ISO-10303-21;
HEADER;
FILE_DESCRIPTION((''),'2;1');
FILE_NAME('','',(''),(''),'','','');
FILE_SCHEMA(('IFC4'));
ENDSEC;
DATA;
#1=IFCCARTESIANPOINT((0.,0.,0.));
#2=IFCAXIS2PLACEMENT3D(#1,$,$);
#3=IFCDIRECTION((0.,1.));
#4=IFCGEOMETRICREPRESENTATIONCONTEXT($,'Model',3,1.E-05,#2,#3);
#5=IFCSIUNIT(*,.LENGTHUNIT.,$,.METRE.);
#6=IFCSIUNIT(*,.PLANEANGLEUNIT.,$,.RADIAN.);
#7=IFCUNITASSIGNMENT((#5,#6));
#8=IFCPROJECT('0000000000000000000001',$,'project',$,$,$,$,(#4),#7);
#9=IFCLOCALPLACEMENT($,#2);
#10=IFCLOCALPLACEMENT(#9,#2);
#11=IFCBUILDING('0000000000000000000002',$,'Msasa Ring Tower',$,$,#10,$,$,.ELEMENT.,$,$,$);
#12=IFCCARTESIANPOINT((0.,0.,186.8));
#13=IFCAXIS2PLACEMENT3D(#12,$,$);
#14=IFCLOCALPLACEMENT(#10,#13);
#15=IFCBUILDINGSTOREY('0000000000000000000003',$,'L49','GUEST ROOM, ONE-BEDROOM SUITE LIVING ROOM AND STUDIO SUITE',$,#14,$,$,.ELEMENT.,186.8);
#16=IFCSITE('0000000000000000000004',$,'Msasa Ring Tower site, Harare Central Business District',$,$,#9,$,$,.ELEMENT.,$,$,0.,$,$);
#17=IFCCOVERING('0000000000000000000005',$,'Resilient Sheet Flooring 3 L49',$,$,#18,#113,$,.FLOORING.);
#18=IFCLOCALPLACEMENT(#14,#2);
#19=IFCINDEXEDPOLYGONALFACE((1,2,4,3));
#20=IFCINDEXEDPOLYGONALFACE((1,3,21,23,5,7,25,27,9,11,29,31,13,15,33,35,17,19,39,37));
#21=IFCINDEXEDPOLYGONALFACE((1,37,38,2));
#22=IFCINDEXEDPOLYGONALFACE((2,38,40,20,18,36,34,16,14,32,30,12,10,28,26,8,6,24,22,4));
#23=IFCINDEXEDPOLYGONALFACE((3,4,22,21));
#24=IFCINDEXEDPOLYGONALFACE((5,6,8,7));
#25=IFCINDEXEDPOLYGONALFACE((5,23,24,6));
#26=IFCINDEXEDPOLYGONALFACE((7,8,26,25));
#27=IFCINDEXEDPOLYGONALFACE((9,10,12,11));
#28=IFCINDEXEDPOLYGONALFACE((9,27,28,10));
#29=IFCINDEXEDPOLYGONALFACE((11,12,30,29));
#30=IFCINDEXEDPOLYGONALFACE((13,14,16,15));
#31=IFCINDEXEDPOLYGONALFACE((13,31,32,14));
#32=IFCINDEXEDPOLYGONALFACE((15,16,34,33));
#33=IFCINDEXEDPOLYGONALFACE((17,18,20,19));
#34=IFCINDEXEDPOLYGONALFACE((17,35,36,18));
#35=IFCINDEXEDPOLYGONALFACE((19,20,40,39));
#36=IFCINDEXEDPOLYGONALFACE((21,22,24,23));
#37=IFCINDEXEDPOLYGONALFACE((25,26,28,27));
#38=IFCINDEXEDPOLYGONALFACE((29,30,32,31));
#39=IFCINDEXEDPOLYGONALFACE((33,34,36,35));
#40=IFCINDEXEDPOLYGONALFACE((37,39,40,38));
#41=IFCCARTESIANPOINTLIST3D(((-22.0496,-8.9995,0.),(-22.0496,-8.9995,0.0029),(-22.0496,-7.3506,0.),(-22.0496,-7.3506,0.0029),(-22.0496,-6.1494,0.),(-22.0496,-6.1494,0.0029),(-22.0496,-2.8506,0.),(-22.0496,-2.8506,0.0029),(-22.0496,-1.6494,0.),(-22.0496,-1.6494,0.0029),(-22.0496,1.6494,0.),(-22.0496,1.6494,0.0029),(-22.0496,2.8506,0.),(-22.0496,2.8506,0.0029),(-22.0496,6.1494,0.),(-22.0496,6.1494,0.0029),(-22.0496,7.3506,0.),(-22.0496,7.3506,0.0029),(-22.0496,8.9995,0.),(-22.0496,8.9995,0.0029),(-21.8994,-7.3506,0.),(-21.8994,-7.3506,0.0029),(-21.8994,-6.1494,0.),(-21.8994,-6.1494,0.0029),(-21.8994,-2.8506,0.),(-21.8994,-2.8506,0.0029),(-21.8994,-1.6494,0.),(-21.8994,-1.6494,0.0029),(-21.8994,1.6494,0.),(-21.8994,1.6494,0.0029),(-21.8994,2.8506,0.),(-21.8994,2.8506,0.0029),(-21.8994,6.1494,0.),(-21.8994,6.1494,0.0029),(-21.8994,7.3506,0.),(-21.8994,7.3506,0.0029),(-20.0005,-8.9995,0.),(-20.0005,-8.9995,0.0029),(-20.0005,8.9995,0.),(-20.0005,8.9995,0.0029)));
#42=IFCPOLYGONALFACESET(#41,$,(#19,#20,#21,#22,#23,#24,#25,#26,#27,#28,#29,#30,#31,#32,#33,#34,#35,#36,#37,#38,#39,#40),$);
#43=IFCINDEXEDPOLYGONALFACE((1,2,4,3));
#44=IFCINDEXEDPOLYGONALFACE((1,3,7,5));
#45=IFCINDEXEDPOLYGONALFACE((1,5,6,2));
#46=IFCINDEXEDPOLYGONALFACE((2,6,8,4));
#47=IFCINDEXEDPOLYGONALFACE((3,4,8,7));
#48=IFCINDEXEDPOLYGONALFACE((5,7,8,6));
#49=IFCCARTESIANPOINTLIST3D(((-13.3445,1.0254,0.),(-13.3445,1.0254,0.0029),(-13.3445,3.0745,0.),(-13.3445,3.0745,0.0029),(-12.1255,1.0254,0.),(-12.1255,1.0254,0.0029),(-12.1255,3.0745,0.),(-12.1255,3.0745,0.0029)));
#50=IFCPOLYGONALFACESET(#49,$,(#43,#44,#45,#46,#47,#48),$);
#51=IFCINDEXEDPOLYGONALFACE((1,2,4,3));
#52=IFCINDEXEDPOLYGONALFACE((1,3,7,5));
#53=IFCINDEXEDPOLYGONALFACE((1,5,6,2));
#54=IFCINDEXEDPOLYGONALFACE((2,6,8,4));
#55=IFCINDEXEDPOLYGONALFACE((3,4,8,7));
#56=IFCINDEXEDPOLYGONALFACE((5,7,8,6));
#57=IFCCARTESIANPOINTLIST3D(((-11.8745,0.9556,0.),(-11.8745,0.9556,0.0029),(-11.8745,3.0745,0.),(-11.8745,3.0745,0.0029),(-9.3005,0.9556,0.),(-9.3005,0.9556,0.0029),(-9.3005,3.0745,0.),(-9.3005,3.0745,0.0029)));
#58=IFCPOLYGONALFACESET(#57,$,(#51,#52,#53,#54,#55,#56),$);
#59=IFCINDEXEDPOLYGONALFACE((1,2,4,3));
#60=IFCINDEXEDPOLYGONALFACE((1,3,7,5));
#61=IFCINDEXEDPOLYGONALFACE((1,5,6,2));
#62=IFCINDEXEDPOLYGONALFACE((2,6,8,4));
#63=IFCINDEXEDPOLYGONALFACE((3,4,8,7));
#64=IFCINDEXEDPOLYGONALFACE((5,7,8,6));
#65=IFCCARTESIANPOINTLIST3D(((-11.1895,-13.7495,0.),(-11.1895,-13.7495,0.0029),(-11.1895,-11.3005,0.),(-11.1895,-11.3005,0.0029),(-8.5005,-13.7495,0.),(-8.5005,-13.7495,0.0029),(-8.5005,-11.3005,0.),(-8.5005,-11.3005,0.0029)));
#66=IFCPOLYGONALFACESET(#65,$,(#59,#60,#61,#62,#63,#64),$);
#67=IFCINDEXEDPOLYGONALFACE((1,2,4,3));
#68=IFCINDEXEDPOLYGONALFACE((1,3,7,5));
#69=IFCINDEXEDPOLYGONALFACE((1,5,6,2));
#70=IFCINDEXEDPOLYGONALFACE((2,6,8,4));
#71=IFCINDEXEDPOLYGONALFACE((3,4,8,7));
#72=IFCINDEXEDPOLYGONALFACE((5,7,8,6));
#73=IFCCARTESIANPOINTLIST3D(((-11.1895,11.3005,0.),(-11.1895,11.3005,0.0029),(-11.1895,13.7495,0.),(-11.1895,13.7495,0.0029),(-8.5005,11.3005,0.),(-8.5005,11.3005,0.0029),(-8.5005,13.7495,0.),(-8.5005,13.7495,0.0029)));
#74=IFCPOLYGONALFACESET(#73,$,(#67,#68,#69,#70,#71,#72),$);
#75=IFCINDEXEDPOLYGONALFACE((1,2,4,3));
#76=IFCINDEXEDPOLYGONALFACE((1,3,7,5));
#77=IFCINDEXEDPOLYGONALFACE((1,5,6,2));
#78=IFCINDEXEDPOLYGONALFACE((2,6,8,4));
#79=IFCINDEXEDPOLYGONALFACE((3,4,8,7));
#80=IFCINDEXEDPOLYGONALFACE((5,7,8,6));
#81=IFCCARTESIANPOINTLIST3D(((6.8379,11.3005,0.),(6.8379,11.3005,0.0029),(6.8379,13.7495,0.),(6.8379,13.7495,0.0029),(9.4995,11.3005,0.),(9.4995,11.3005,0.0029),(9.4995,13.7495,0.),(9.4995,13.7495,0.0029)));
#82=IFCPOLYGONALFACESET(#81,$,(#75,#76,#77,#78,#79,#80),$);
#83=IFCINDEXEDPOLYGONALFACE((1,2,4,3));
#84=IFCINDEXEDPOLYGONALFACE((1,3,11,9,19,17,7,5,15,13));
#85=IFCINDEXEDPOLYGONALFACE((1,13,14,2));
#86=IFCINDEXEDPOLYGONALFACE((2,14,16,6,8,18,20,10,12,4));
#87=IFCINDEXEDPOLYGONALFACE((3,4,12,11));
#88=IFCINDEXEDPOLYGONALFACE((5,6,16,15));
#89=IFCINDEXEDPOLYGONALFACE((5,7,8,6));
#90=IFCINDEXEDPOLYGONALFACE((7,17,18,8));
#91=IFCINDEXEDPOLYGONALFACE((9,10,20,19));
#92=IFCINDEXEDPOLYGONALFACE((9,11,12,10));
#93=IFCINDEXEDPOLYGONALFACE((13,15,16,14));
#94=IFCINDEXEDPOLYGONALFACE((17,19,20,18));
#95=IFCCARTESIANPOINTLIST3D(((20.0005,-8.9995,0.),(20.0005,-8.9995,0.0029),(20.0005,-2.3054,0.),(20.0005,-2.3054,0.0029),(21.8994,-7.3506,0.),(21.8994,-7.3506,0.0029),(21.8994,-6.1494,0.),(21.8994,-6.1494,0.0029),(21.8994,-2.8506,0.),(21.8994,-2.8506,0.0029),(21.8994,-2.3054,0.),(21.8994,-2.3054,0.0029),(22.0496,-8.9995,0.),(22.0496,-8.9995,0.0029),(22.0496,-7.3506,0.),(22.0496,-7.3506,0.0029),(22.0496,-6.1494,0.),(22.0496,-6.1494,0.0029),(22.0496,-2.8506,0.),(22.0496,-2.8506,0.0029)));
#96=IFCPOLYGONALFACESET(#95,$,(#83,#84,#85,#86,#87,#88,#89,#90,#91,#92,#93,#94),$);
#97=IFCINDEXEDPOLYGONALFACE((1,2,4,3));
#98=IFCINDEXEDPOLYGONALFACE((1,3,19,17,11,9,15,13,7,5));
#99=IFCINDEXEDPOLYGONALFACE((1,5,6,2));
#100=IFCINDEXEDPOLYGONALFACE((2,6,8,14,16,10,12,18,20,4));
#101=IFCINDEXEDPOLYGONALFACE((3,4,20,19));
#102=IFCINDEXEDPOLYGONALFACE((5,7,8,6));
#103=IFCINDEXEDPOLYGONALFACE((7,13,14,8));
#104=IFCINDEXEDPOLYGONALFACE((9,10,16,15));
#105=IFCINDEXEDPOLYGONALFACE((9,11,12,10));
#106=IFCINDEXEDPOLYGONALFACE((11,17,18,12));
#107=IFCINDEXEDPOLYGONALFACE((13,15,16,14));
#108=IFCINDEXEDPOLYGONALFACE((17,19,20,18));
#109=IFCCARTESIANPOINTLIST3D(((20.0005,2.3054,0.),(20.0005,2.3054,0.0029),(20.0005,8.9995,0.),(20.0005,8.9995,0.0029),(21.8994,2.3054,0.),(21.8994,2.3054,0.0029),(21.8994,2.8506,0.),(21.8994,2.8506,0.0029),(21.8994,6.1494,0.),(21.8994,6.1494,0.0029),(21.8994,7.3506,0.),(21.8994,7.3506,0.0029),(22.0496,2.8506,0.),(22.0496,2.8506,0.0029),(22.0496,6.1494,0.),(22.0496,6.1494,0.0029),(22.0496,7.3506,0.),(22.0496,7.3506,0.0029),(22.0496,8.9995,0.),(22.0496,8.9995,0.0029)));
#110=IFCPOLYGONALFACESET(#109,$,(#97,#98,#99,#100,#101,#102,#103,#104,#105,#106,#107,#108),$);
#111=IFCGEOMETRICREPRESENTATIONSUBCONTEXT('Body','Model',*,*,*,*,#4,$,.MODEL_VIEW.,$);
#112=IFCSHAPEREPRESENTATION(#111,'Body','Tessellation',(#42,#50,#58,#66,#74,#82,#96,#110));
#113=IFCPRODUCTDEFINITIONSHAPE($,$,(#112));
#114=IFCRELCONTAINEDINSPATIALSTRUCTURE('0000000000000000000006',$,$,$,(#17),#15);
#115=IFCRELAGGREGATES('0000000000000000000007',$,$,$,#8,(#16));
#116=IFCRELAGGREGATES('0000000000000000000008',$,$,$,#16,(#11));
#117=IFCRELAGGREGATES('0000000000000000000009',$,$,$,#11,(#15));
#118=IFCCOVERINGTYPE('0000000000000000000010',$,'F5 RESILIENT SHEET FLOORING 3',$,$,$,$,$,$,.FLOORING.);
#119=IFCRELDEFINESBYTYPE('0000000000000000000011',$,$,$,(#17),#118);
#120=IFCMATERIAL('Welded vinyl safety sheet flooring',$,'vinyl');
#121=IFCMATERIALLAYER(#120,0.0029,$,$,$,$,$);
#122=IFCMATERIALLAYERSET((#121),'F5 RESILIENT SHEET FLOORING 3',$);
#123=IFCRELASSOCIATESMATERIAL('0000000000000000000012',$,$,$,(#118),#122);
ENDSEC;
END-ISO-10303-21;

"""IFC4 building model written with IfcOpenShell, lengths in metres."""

from ifc_helpers import new_model, si_unit, direction, frame, origin, place, context, subcontext, project, spatial, line, indexed_curve, outline, extrude, material, layer, layer_set, type_object, element, save


model = new_model("IFC4")

# Units and contexts
model_context = context("Model", 3, precision=1e-05, world=origin(), true_north=direction((0.0, 1.0)))
body_context = subcontext(model_context, "Body", "Model", "MODEL_VIEW")
ifc_project = project(units=[si_unit("LENGTHUNIT", "METRE"), si_unit("PLANEANGLEUNIT", "RADIAN")], contexts=[model_context])

# Site, building, storey
site_placement = place(None, origin())
site = spatial("IfcSite", under=ifc_project, at=site_placement, Name="Msasa Ring Tower site, Harare Central Business District", CompositionType="ELEMENT", RefElevation=0.0)
building_placement = place(site_placement, origin())
building = spatial("IfcBuilding", under=site, at=building_placement, Name="Msasa Ring Tower", CompositionType="ELEMENT")
storey_placement = place(building_placement, frame((0.0, 0.0, 186.8)))
storey = spatial("IfcBuildingStorey", under=building, at=storey_placement, Name="L49", Description="GUEST ROOM, ONE-BEDROOM SUITE LIVING ROOM AND STUDIO SUITE", CompositionType="ELEMENT", Elevation=186.8)

# Covering
ifc_material_1 = material(Name="Welded vinyl safety sheet flooring", Category="vinyl")
ifc_layer_1 = layer(ifc_material_1, 0.0029)
ifc_layer_set_1 = layer_set([ifc_layer_1], Name="F5 RESILIENT SHEET FLOORING 3")
covering_type_1 = type_object("IfcCoveringType", Name="F5 RESILIENT SHEET FLOORING 3", PredefinedType="FLOORING", material=ifc_layer_set_1)
covering_1_placement = place(storey_placement, origin())
element("IfcCovering", 1, at=covering_1_placement, inside=storey, type_object=covering_type_1, Name="Resilient Sheet Flooring 3 L49", PredefinedType="FLOORING", context=body_context, shape_type="SweptSolid", body=[
    extrude(outline(indexed_curve([(-20.0005, -8.9995), (-22.0496, -8.9995), (-22.0496, -7.3506), (-21.8994, -7.3506), (-21.8994, -6.1494), (-22.0496, -6.1494), (-22.0496, -2.8506), (-21.8994, -2.8506), (-21.8994, -1.6494), (-22.0496, -1.6494), (-22.0496, 1.6494), (-21.8994, 1.6494), (-21.8994, 2.8506), (-22.0496, 2.8506), (-22.0496, 6.1494), (-21.8994, 6.1494), (-21.8994, 7.3506), (-22.0496, 7.3506), (-22.0496, 8.9995), (-20.0005, 8.9995)], segments=[line(1, 2, 3, 4, 5, 6, 7, 8, 9, 10, 11, 12, 13, 14, 15, 16, 17, 18, 19, 20, 1)], self_intersect=False)), origin(), (0.0, 0.0, 1.0), 0.0029),
    extrude(outline(indexed_curve([(-13.3445, 3.0745), (-12.1255, 3.0745), (-12.1255, 1.0254), (-13.3445, 1.0254)], segments=[line(1, 2, 3, 4, 1)], self_intersect=False)), origin(), (0.0, 0.0, 1.0), 0.0029),
    extrude(outline(indexed_curve([(-11.8745, 3.0745), (-9.3005, 3.0745), (-9.3005, 0.9556), (-11.8745, 0.9556)], segments=[line(1, 2, 3, 4, 1)], self_intersect=False)), origin(), (0.0, 0.0, 1.0), 0.0029),
    extrude(outline(indexed_curve([(-11.1895, -11.3005), (-8.5005, -11.3005), (-8.5005, -13.7495), (-11.1895, -13.7495)], segments=[line(1, 2, 3, 4, 1)], self_intersect=False)), origin(), (0.0, 0.0, 1.0), 0.0029),
    extrude(outline(indexed_curve([(-11.1895, 13.7495), (-8.5005, 13.7495), (-8.5005, 11.3005), (-11.1895, 11.3005)], segments=[line(1, 2, 3, 4, 1)], self_intersect=False)), origin(), (0.0, 0.0, 1.0), 0.0029),
    extrude(outline(indexed_curve([(9.4995, 13.7495), (9.4995, 11.3005), (6.8379, 11.3005), (6.8379, 13.7495)], segments=[line(1, 2, 3, 4, 1)], self_intersect=False)), origin(), (0.0, 0.0, 1.0), 0.0029),
    extrude(outline(indexed_curve([(20.0005, -8.9995), (20.0005, -2.3054), (21.8994, -2.3054), (21.8994, -2.8506), (22.0496, -2.8506), (22.0496, -6.1494), (21.8994, -6.1494), (21.8994, -7.3506), (22.0496, -7.3506), (22.0496, -8.9995)], segments=[line(1, 2, 3, 4, 5, 6, 7, 8, 9, 10, 1)], self_intersect=False)), origin(), (0.0, 0.0, 1.0), 0.0029),
    extrude(outline(indexed_curve([(20.0005, 2.3054), (20.0005, 8.9995), (22.0496, 8.9995), (22.0496, 7.3506), (21.8994, 7.3506), (21.8994, 6.1494), (22.0496, 6.1494), (22.0496, 2.8506), (21.8994, 2.8506), (21.8994, 2.3054)], segments=[line(1, 2, 3, 4, 5, 6, 7, 8, 9, 10, 1)], self_intersect=False)), origin(), (0.0, 0.0, 1.0), 0.0029),
])

save(model, "model.ifc")
